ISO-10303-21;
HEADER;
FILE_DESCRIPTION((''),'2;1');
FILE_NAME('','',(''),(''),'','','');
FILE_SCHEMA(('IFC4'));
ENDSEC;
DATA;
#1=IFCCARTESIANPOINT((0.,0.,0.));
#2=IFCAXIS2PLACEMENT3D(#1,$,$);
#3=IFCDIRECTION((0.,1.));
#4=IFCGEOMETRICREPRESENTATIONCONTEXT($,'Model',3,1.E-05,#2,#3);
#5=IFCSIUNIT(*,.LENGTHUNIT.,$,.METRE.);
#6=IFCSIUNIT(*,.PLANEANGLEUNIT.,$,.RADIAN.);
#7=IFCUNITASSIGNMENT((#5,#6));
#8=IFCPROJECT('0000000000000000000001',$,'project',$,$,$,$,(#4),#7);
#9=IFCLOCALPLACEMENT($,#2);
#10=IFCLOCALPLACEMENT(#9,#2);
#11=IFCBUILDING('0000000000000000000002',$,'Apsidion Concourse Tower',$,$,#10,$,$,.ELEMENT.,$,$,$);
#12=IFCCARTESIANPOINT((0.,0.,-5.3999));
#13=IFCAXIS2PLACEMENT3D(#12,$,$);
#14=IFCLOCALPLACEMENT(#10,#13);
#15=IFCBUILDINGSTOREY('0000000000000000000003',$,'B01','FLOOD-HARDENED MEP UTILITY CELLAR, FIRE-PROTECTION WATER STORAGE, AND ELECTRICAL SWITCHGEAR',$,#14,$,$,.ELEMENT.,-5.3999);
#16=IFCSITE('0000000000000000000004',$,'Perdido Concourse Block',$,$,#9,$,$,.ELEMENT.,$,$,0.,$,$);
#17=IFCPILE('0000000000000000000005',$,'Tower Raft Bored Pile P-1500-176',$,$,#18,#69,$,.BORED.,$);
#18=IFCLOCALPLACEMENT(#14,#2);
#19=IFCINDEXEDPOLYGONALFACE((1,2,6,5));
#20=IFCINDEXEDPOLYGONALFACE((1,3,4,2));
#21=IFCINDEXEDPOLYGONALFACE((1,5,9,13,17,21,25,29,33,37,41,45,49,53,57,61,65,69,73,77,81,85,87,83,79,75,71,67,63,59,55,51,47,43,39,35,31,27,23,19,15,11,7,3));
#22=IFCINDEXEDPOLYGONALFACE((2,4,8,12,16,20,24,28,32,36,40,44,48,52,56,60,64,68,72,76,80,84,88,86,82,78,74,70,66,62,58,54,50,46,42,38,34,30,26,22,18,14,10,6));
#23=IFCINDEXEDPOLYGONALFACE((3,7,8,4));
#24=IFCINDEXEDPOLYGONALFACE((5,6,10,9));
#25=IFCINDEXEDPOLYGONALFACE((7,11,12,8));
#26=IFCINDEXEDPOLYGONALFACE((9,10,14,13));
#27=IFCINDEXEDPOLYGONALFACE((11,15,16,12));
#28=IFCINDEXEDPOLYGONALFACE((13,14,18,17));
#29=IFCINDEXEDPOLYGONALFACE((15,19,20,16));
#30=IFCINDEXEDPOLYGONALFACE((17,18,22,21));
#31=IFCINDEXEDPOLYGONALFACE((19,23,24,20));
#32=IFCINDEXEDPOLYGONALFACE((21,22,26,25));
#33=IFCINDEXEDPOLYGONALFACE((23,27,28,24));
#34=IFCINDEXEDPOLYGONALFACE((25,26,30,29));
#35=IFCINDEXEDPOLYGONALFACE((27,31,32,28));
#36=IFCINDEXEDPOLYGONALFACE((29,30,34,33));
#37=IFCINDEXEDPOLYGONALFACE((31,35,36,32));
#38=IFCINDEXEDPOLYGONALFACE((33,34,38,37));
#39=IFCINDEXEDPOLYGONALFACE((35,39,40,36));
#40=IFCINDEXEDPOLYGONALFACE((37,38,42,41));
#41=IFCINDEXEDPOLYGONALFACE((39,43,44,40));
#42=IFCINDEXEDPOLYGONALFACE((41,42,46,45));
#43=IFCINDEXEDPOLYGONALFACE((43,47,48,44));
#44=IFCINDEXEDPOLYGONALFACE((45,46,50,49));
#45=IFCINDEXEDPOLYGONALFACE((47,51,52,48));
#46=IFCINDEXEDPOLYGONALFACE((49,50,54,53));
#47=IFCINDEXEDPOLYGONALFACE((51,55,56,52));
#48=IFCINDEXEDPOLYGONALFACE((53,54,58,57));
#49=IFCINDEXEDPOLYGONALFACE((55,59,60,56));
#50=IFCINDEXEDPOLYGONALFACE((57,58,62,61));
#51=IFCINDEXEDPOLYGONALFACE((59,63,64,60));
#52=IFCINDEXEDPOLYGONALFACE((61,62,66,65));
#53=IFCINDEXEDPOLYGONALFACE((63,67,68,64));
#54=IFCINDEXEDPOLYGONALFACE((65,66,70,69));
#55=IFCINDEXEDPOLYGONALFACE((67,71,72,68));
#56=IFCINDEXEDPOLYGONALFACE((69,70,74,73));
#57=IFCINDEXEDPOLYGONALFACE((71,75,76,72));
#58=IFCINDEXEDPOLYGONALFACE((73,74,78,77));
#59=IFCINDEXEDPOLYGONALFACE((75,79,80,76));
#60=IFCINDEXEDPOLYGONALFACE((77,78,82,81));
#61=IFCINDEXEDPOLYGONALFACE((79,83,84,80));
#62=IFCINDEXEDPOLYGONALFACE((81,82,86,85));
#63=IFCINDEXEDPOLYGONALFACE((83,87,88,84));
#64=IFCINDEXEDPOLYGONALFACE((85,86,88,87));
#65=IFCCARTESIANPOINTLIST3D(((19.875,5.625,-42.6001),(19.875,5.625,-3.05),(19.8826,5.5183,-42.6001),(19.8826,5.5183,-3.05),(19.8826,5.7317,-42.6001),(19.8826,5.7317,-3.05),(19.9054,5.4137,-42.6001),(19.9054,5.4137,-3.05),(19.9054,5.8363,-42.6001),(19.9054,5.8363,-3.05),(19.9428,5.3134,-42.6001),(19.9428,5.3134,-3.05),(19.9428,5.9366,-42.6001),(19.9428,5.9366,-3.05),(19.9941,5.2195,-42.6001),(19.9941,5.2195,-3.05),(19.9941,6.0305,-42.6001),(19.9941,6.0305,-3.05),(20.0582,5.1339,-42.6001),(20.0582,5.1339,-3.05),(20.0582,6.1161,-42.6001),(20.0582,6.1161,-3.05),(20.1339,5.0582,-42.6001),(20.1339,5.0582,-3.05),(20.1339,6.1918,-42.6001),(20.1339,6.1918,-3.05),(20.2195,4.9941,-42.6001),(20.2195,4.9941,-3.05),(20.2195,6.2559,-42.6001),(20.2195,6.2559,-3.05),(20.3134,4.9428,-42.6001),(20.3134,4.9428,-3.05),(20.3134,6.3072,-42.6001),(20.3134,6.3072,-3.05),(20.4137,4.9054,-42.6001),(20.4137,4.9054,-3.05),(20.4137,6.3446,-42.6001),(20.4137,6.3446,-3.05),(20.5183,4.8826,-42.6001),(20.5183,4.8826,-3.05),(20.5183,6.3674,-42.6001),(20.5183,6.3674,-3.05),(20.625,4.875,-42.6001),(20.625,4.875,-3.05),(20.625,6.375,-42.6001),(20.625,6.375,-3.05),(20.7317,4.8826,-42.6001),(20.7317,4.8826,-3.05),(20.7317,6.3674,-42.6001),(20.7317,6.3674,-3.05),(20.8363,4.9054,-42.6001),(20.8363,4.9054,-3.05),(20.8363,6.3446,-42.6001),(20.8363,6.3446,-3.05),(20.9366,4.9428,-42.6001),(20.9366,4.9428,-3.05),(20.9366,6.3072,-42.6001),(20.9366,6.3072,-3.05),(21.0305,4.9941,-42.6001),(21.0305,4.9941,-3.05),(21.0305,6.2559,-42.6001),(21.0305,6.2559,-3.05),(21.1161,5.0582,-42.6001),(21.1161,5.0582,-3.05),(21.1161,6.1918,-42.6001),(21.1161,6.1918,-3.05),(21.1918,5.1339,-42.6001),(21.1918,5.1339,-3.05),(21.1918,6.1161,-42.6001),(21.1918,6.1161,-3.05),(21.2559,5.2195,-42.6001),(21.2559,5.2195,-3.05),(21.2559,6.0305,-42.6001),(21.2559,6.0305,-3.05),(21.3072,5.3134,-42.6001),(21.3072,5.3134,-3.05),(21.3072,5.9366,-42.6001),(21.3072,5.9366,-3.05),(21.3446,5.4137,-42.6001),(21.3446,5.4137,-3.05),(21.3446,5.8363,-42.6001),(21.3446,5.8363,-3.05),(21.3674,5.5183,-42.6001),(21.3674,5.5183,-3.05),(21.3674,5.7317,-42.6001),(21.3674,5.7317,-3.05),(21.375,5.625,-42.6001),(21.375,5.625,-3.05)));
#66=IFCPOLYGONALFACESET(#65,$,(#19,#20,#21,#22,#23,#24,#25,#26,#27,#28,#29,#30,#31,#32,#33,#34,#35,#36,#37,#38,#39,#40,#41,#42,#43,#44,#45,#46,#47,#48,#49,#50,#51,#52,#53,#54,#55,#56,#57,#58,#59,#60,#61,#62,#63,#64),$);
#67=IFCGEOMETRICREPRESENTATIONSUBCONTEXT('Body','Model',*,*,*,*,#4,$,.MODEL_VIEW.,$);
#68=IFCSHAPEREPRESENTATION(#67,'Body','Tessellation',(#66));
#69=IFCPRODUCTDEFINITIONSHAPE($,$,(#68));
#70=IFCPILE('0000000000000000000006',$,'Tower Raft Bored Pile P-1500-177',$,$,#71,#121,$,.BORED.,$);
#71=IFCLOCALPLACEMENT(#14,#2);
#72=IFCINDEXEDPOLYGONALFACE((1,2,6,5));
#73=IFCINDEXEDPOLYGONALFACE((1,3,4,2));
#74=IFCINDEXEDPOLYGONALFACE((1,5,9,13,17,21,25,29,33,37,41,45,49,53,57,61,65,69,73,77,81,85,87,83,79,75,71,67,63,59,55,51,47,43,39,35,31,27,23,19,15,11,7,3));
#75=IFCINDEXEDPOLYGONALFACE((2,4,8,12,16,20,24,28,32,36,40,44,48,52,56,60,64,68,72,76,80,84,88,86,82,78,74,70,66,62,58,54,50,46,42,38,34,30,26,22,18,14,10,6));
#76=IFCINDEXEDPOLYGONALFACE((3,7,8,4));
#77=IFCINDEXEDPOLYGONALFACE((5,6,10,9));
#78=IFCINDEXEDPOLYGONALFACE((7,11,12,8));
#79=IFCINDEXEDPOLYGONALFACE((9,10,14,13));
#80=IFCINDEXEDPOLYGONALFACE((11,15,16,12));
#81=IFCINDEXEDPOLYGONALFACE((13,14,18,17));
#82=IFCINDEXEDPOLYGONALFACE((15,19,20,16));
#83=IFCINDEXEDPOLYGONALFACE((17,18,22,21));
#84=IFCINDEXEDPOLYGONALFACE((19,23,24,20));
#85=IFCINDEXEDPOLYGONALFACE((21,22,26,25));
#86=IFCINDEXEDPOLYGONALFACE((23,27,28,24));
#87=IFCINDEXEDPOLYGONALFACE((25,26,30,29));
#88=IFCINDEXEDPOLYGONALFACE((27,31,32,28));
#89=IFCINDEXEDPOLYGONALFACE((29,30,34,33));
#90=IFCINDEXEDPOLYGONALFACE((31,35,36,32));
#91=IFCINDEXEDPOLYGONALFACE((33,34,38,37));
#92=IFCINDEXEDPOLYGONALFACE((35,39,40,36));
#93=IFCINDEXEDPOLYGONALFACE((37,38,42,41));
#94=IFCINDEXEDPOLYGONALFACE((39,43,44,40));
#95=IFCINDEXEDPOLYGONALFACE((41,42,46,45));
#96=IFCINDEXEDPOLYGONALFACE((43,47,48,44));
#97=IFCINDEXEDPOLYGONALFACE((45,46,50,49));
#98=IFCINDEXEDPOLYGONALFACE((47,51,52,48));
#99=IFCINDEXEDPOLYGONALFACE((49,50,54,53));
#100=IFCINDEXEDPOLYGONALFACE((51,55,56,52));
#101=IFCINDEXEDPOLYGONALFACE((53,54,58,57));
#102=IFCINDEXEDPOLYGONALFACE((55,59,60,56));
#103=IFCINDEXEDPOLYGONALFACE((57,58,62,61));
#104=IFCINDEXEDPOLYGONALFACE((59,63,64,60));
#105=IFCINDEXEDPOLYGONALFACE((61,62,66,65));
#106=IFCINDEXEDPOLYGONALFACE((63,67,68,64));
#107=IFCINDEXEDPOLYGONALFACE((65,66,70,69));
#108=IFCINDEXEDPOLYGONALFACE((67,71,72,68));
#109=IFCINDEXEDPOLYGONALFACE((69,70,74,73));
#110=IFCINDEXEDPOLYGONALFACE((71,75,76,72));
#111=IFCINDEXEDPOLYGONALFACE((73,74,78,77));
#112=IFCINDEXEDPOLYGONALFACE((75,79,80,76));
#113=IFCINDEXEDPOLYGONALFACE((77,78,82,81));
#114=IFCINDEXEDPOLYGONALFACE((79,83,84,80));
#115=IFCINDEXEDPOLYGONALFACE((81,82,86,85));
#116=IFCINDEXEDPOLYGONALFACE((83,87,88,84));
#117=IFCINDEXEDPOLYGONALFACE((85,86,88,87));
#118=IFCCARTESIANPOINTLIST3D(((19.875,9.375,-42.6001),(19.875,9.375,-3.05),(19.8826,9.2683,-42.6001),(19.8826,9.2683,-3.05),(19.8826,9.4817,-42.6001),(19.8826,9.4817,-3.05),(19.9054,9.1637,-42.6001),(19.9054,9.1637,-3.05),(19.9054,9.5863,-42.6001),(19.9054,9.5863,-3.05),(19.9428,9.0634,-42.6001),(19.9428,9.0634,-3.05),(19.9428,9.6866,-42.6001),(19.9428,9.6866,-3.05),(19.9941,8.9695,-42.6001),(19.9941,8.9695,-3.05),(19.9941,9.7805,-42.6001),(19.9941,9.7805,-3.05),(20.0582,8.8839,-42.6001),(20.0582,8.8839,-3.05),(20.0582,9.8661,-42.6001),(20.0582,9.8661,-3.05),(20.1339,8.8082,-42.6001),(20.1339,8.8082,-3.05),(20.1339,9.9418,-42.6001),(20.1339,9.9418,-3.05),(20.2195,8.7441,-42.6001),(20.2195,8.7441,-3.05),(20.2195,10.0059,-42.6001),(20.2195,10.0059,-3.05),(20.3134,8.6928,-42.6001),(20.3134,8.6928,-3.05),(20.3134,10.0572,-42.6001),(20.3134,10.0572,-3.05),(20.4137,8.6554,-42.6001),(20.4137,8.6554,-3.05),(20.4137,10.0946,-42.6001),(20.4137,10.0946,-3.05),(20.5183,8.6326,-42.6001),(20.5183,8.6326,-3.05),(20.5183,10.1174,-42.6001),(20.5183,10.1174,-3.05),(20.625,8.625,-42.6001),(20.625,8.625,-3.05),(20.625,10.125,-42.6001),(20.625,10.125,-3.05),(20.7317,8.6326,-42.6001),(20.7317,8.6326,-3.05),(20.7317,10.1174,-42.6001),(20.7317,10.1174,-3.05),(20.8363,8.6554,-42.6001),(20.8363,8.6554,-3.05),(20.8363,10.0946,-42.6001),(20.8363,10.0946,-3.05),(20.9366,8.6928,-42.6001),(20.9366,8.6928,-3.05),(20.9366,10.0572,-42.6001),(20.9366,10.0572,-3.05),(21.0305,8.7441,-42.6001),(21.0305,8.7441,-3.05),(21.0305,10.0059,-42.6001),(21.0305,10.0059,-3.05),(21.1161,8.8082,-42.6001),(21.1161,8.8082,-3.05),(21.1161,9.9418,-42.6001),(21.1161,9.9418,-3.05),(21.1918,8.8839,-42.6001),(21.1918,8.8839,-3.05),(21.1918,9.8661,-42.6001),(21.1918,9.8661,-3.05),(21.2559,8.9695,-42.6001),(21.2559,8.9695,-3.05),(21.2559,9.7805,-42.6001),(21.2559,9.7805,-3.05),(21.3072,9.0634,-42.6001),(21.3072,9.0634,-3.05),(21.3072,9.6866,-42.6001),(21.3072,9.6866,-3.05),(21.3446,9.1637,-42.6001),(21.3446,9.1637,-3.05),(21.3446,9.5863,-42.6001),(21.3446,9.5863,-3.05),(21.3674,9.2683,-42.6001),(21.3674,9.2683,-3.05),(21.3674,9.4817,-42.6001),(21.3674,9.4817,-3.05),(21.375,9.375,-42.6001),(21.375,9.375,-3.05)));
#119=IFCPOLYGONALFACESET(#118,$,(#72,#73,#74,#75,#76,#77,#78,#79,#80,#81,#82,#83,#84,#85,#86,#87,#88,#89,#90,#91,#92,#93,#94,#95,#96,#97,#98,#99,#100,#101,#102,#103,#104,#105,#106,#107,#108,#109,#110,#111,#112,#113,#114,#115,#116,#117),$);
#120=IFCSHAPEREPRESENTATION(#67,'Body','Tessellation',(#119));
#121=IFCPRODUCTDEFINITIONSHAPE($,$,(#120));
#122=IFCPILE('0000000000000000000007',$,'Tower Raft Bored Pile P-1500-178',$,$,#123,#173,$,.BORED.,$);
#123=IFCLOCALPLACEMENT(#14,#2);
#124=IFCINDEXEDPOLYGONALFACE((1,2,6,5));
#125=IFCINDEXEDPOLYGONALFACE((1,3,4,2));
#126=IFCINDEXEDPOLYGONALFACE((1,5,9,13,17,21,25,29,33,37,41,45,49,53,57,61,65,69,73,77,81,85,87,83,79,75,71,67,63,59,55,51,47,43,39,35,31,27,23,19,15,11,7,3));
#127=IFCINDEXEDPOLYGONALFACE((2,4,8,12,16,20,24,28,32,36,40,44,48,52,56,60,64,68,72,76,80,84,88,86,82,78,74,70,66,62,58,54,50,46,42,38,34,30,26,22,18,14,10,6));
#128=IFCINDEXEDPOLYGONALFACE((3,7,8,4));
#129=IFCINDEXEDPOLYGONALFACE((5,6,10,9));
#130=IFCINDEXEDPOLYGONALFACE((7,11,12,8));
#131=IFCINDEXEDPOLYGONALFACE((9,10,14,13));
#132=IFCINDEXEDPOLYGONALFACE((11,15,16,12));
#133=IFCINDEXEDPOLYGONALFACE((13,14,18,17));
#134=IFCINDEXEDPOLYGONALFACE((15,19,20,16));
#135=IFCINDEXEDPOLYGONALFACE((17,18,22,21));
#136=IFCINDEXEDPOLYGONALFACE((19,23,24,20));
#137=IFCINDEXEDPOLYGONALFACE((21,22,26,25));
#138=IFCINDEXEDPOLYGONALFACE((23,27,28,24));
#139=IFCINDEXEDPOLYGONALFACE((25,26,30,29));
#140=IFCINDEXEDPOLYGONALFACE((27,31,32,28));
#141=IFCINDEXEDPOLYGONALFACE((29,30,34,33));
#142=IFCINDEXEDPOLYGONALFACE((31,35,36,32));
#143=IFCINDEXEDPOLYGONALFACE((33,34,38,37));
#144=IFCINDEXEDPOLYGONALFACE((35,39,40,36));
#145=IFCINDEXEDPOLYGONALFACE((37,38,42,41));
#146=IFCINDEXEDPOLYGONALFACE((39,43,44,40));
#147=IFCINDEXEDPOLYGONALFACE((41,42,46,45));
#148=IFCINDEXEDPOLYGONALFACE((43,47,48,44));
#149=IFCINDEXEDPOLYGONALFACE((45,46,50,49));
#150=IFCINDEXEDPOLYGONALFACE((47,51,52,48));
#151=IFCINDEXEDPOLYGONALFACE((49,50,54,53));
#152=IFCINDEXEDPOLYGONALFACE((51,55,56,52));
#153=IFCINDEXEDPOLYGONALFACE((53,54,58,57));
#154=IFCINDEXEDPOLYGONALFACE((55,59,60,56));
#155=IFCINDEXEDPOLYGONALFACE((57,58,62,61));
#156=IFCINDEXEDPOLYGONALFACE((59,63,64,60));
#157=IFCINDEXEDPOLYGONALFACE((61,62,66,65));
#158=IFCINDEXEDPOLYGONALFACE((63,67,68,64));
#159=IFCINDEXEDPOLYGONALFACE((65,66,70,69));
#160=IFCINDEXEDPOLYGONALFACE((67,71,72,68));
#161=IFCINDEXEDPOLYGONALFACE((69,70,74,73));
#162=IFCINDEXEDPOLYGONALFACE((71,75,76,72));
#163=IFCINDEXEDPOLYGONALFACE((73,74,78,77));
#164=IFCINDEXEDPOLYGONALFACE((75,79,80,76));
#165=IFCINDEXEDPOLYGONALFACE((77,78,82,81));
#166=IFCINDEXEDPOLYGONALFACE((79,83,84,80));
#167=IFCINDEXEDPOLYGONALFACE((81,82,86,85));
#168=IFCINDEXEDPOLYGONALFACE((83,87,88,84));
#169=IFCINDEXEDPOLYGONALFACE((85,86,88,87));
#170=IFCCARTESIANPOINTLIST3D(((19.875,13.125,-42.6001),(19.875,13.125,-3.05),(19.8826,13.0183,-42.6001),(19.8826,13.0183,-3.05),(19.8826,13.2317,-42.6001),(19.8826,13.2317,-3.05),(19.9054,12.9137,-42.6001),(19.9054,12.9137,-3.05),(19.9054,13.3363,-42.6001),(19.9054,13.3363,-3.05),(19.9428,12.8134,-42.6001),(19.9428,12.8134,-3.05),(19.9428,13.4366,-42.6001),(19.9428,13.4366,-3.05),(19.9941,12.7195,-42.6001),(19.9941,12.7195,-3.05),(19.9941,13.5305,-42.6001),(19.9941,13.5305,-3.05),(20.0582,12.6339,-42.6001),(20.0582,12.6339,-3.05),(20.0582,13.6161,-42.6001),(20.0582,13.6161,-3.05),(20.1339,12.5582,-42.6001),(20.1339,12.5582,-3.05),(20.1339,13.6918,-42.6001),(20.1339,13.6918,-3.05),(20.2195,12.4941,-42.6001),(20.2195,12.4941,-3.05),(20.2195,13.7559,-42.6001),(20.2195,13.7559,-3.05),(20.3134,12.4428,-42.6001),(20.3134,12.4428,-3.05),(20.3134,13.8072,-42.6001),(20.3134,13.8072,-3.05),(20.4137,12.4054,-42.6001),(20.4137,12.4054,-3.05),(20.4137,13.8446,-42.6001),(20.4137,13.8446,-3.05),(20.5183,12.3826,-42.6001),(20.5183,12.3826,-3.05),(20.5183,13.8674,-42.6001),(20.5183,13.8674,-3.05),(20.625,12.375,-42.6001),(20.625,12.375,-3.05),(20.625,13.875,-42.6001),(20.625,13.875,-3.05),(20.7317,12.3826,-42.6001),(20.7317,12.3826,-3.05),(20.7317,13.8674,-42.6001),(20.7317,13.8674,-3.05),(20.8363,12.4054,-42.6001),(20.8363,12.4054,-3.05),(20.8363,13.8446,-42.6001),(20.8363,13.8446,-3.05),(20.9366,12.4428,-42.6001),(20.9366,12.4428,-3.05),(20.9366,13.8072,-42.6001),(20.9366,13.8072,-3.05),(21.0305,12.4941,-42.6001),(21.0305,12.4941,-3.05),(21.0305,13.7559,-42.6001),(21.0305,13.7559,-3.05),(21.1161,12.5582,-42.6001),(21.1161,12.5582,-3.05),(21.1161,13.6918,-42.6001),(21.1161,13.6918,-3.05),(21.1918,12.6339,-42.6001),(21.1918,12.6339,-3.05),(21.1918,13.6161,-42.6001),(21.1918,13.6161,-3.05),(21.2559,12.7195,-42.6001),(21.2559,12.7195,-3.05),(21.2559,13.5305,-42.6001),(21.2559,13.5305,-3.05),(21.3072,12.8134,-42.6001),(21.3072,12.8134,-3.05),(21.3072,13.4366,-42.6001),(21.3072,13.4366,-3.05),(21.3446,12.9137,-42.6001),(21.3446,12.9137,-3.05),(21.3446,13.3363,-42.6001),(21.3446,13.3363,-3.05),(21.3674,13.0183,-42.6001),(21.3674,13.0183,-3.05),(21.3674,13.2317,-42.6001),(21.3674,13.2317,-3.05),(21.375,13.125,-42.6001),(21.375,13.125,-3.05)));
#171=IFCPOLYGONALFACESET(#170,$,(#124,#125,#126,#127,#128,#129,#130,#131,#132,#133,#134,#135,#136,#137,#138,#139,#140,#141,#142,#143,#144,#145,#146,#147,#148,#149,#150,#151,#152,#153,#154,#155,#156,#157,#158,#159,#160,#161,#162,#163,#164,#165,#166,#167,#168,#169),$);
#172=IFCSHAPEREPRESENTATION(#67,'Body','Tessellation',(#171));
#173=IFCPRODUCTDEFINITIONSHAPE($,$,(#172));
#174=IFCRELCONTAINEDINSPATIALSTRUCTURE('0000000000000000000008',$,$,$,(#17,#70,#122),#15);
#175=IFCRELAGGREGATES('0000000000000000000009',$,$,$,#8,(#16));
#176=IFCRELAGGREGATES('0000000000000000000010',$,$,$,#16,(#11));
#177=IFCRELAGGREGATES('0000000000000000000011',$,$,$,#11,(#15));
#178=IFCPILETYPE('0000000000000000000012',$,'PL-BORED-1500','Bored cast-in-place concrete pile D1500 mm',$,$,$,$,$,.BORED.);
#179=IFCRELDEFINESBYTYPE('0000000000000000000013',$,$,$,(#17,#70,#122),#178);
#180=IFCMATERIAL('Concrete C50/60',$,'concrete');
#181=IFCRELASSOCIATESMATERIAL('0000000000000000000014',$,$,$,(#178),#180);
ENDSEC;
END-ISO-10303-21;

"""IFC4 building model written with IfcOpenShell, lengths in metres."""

from ifc_helpers import new_model, si_unit, direction, frame, origin, origin_2d, place, context, subcontext, project, spatial, circle, extrude, material, material_profile, profile_set, type_object, element, save


model = new_model("IFC4")

# Units and contexts
model_context = context("Model", 3, precision=1e-05, world=origin(), true_north=direction((0.0, 1.0)))
body_context = subcontext(model_context, "Body", "Model", "MODEL_VIEW")
ifc_project = project(units=[si_unit("LENGTHUNIT", "METRE"), si_unit("PLANEANGLEUNIT", "RADIAN")], contexts=[model_context])

# Site, building, storey
site_placement = place(None, origin())
site = spatial("IfcSite", under=ifc_project, at=site_placement, Name="Perdido Concourse Block", CompositionType="ELEMENT", RefElevation=0.0)
building_placement = place(site_placement, origin())
building = spatial("IfcBuilding", under=site, at=building_placement, Name="Apsidion Concourse Tower", CompositionType="ELEMENT")
storey_placement = place(building_placement, frame((0.0, 0.0, -5.3999)))
storey = spatial("IfcBuildingStorey", under=building, at=storey_placement, Name="B01", Description="FLOOD-HARDENED MEP UTILITY CELLAR, FIRE-PROTECTION WATER STORAGE, AND ELECTRICAL SWITCHGEAR", CompositionType="ELEMENT", Elevation=-5.3999)

# Shared definitions
ifc_material_1 = material(Name="Concrete C50/60", Category="concrete")

# Piles
ifc_material_profile_1 = material_profile(ifc_material_1, circle(Radius=0.75, at=origin_2d()), Name="BORED PILE D1500")
ifc_profile_set_1 = profile_set([ifc_material_profile_1], Name="Concrete C50/60")
pile_type_1 = type_object("IfcPileType", Name="PL-BORED-1500", Description="Bored cast-in-place concrete pile D1500 mm", PredefinedType="BORED", material=ifc_profile_set_1)
for number, where, z_axis, x_axis, name in (
    (1, (20.625, 5.625, -3.05), (0.0, 0.0, -1.0), (1.0, 0.0, 0.0), "Tower Raft Bored Pile P-1500-176"),
    (2, (20.625, 9.375, -3.05), (0.0, 0.0, -1.0), (1.0, 0.0, 0.0), "Tower Raft Bored Pile P-1500-177"),
    (3, (20.625, 13.125, -3.05), (0.0, 0.0, -1.0), (1.0, 0.0, 0.0), "Tower Raft Bored Pile P-1500-178"),
):
    element("IfcPile", number, at=place(storey_placement, frame(where, z_axis=z_axis, x_axis=x_axis)), inside=storey, type_object=pile_type_1, Name=name, PredefinedType="BORED", context=body_context, shape_type="SweptSolid", body=[
        extrude(circle(Radius=0.75, at=origin_2d()), origin(), (0.0, 0.0, 1.0), 39.55),
    ])

save(model, "model.ifc")
